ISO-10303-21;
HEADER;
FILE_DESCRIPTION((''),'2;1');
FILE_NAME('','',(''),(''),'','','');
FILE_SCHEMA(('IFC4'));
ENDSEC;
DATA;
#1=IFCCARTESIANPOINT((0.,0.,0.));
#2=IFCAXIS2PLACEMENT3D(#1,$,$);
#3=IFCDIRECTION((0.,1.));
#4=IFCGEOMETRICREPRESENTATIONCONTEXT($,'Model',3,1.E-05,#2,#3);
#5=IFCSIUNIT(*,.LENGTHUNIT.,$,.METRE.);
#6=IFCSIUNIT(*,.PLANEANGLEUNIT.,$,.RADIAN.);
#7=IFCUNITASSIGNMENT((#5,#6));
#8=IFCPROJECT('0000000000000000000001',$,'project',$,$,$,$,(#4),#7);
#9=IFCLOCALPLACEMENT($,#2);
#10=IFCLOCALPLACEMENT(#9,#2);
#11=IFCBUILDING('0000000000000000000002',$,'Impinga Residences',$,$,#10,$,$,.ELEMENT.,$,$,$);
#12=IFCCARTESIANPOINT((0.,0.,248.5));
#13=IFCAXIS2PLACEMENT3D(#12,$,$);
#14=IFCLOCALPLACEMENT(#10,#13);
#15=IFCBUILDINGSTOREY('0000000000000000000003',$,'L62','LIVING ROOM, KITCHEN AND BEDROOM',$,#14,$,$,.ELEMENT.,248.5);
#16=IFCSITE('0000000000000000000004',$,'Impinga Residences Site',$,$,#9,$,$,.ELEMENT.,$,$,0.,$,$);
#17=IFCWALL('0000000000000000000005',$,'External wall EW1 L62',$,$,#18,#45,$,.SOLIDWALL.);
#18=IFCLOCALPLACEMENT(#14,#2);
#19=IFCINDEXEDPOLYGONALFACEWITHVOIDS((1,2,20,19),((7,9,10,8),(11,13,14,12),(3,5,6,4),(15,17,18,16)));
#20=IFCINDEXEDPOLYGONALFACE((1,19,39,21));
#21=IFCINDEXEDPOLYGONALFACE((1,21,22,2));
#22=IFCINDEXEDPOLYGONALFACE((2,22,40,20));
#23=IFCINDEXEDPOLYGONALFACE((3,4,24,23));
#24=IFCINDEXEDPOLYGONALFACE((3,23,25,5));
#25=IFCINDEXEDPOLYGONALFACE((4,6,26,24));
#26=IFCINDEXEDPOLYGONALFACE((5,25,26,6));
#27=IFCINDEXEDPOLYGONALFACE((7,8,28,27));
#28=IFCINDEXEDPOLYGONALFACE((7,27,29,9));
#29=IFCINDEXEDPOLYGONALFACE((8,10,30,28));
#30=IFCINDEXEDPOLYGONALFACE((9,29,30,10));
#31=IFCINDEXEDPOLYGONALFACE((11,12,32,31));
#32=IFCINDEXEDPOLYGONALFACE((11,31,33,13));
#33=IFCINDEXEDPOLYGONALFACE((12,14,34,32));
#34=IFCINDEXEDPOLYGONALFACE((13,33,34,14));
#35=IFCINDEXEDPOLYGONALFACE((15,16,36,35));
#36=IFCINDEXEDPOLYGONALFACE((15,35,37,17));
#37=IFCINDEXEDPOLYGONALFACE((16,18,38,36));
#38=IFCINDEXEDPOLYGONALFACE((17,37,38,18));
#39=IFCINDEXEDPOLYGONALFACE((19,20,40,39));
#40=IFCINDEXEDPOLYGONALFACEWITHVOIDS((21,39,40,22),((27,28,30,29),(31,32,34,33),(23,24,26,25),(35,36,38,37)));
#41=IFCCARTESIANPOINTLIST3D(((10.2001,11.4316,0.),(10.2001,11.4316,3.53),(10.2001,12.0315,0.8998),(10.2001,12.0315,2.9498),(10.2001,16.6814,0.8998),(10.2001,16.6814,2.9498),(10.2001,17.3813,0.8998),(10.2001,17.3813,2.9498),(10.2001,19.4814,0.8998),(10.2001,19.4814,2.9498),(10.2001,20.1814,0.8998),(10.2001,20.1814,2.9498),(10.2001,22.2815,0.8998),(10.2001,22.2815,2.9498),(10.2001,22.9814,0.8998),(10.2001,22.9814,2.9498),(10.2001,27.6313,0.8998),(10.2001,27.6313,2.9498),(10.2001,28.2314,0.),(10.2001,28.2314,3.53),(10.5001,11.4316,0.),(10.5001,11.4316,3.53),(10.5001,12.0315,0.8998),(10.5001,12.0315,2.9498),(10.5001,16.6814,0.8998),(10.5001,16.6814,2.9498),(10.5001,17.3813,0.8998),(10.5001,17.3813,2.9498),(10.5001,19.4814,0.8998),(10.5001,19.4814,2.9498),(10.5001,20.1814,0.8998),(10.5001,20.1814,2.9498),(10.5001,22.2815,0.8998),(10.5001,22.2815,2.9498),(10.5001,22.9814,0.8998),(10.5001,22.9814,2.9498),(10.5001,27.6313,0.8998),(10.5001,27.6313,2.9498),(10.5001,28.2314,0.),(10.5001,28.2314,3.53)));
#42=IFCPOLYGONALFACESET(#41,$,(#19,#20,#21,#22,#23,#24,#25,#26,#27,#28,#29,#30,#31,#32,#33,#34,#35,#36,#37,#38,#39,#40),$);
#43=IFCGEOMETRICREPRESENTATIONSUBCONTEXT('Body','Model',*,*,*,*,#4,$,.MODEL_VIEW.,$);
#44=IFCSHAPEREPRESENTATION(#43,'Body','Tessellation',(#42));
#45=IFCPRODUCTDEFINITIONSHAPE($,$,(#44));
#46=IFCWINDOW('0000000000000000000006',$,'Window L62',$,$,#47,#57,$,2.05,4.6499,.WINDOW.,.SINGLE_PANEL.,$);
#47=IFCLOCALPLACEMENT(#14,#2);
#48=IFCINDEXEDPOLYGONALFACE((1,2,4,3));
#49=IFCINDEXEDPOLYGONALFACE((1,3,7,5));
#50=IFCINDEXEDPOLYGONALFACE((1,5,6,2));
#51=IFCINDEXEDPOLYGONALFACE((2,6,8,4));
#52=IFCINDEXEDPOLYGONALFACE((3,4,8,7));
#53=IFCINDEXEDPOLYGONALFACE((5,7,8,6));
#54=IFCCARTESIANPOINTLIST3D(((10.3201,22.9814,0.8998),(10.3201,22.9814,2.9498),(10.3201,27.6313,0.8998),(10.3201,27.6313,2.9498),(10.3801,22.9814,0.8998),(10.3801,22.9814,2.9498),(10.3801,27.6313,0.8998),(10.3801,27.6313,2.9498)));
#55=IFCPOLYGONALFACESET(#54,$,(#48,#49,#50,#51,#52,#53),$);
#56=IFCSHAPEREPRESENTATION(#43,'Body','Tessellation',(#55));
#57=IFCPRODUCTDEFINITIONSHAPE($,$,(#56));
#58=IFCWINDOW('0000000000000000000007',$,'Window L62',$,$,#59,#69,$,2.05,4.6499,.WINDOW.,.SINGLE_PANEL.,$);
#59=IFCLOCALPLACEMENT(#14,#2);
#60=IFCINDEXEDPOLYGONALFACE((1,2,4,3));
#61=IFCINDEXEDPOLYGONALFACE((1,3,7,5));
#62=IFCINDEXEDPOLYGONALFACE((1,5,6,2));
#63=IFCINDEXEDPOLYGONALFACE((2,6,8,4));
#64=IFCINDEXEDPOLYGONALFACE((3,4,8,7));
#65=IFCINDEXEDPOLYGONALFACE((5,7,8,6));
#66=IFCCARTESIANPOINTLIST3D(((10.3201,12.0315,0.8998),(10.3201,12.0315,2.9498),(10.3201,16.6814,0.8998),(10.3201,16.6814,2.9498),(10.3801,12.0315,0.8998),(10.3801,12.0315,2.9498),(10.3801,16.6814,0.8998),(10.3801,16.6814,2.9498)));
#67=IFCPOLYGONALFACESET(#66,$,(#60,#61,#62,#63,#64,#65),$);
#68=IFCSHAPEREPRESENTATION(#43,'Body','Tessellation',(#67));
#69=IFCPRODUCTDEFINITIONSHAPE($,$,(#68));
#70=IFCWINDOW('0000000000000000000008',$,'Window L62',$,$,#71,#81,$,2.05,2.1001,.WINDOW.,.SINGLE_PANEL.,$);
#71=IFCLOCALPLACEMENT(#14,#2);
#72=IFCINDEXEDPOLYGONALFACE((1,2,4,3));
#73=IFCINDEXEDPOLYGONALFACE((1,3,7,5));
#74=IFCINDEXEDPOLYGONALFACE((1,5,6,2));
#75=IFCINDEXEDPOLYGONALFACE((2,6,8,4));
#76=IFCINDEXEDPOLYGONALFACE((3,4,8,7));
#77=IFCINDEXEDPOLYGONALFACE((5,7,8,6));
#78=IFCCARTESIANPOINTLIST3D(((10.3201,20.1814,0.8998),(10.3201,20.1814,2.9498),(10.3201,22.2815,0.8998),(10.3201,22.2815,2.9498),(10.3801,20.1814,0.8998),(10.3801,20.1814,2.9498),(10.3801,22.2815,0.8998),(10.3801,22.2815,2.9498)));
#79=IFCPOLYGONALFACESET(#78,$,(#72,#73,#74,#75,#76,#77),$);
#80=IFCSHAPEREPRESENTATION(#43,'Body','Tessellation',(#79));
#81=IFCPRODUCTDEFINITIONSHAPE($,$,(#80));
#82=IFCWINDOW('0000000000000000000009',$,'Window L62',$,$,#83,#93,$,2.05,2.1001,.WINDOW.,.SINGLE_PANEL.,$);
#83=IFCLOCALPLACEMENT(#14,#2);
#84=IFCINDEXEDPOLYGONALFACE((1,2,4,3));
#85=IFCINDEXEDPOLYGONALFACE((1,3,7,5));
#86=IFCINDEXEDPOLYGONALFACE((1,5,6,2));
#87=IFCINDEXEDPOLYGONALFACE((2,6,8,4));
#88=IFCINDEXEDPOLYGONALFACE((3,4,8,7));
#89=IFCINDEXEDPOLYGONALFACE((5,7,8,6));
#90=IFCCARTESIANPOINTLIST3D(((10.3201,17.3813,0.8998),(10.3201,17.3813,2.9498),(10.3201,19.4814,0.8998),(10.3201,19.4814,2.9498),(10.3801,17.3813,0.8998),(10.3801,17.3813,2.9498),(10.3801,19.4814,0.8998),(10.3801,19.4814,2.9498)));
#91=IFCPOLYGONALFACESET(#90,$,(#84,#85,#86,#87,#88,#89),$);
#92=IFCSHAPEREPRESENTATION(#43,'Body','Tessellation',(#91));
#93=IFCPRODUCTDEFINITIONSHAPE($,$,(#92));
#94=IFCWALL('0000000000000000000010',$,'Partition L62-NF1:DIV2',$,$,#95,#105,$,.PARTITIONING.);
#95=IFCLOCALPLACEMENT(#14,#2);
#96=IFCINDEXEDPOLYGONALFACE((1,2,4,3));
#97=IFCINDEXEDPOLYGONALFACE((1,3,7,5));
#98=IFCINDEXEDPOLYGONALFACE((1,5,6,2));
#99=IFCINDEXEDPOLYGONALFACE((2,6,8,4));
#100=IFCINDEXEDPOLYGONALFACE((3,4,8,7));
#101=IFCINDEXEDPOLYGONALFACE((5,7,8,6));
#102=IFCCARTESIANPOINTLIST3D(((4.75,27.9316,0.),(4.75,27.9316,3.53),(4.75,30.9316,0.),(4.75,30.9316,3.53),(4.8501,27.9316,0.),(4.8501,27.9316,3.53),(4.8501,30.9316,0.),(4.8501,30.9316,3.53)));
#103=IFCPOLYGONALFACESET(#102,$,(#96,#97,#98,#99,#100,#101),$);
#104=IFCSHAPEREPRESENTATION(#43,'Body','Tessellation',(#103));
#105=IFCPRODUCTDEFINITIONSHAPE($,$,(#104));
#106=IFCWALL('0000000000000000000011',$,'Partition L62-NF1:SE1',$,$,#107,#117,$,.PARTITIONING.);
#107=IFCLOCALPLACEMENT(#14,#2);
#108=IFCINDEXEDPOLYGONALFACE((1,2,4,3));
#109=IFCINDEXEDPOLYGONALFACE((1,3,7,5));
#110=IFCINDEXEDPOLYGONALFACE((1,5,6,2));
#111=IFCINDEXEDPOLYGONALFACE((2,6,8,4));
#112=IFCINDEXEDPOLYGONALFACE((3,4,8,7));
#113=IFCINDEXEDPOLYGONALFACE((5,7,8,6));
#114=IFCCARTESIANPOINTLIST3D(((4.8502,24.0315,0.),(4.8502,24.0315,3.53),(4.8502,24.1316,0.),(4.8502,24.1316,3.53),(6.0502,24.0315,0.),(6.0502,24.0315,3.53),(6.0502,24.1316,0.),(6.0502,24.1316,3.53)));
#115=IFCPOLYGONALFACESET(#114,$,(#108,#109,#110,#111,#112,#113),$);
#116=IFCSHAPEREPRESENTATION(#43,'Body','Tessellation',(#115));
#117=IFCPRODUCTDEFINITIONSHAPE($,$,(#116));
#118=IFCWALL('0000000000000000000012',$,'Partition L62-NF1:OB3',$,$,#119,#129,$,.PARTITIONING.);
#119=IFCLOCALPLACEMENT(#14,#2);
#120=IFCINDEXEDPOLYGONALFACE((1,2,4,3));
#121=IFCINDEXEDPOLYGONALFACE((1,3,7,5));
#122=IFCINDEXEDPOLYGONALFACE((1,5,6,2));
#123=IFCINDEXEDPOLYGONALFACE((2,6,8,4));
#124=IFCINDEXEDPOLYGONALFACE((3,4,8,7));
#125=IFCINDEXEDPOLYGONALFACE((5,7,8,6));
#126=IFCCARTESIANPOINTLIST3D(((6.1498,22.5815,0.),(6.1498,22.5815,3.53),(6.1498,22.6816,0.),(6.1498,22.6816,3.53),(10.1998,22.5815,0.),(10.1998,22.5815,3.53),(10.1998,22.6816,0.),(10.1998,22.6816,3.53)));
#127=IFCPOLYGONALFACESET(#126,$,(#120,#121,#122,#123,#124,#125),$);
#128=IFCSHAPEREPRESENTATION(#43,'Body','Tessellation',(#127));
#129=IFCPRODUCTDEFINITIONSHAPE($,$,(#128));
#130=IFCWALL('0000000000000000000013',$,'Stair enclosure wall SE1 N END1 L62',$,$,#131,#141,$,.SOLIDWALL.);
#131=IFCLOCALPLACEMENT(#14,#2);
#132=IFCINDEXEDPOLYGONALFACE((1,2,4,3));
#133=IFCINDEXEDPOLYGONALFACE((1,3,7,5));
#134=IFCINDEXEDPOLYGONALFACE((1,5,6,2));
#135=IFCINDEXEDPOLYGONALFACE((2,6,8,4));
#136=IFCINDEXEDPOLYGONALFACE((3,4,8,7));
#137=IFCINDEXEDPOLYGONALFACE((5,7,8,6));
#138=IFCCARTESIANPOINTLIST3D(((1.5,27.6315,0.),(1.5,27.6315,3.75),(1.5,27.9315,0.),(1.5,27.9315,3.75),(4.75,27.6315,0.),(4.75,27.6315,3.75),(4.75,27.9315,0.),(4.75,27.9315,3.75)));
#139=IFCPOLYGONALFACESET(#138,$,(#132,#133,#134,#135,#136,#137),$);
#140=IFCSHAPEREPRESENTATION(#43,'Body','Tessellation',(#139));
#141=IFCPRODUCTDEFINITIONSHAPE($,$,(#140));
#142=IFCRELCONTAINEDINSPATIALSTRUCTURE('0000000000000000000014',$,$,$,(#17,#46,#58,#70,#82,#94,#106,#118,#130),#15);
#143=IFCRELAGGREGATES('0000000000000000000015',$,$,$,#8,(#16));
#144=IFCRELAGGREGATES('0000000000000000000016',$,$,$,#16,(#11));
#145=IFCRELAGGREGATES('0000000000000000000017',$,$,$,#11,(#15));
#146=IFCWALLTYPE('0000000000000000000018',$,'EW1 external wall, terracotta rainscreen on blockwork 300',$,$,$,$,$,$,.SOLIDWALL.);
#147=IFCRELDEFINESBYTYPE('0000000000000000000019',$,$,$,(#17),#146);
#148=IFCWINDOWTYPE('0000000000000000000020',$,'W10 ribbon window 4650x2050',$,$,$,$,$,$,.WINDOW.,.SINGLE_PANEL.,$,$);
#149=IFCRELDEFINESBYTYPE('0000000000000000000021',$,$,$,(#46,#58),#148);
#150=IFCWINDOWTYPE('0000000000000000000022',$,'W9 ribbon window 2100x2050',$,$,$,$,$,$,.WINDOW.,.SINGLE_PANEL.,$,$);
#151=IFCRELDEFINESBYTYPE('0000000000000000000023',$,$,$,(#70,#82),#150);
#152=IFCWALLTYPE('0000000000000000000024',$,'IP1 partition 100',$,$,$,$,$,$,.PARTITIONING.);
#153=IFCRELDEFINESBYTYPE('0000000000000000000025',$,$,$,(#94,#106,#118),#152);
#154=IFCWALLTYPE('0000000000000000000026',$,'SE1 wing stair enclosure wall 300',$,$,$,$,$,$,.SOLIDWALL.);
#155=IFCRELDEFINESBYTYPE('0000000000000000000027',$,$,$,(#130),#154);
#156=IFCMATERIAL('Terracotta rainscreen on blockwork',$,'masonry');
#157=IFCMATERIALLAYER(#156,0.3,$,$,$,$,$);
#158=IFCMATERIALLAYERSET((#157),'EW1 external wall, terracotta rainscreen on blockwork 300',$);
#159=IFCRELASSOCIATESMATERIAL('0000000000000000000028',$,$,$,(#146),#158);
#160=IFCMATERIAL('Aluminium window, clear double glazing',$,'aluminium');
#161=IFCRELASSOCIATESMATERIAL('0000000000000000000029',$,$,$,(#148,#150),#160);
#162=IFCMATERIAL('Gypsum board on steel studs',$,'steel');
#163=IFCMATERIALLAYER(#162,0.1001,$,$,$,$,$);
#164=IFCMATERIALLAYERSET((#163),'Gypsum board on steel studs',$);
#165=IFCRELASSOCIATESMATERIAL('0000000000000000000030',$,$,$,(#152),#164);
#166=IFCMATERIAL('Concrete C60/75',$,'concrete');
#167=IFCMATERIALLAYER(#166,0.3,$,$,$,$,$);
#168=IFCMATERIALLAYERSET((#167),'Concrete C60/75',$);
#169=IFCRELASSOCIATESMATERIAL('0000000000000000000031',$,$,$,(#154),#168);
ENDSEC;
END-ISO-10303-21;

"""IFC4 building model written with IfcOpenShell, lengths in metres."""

from ifc_helpers import new_model, si_unit, direction, frame, frame_2d, origin, place, context, subcontext, project, spatial, rectangle, extrude, material, layer, layer_set, type_object, element, fill, save


model = new_model("IFC4")

# Units and contexts
model_context = context("Model", 3, precision=1e-05, world=origin(), true_north=direction((0.0, 1.0)))
body_context = subcontext(model_context, "Body", "Model", "MODEL_VIEW")
ifc_project = project(units=[si_unit("LENGTHUNIT", "METRE"), si_unit("PLANEANGLEUNIT", "RADIAN")], contexts=[model_context])

# Site, building, storey
site_placement = place(None, origin())
site = spatial("IfcSite", under=ifc_project, at=site_placement, Name="Impinga Residences Site", CompositionType="ELEMENT", RefElevation=0.0)
building_placement = place(site_placement, origin())
building = spatial("IfcBuilding", under=site, at=building_placement, Name="Impinga Residences", CompositionType="ELEMENT")
storey_placement = place(building_placement, frame((0.0, 0.0, 248.5)))
storey = spatial("IfcBuildingStorey", under=building, at=storey_placement, Name="L62", Description="LIVING ROOM, KITCHEN AND BEDROOM", CompositionType="ELEMENT", Elevation=248.5)

# Shared definitions
ifc_material_1 = material(Name="Concrete C60/75", Category="concrete")

# Shared definitions
ifc_material_2 = material(Name="Terracotta rainscreen on blockwork", Category="masonry")
ifc_layer_1 = layer(ifc_material_2, 0.3)
ifc_layer_set_1 = layer_set([ifc_layer_1], Name="EW1 external wall, terracotta rainscreen on blockwork 300")
wall_type_1 = type_object("IfcWallType", Name="EW1 external wall, terracotta rainscreen on blockwork 300", PredefinedType="SOLIDWALL", material=ifc_layer_set_1)

# Wall, openings, windows
wall_1_placement = place(storey_placement, frame((10.3501, 28.2314, 0.0), z_axis=(0.0, 0.0, 1.0), x_axis=(0.0, -1.0, 0.0)))
wall_1 = element("IfcWall", 1, at=wall_1_placement, inside=storey, type_object=wall_type_1, Name="External wall EW1 L62", PredefinedType="SOLIDWALL", context=body_context, shape_type="SweptSolid", body=[
    extrude(rectangle(XDim=16.7998, YDim=0.3, at=frame_2d((8.3999, 0.0))), origin(), (0.0, 0.0, 1.0), 3.53),
])
opening_1_placement = place(wall_1_placement, frame((0.6001, 0.0, 0.8999)))
opening_1 = element("IfcOpeningElement", 2, at=opening_1_placement, cuts=wall_1, PredefinedType="OPENING", context=body_context, shape_type="SweptSolid", body=[
    extrude(rectangle(XDim=4.6499, YDim=2.05, at=frame_2d((2.325, 1.0249))), frame((0.0, 0.1599, 0.0), z_axis=(0.0, -1.0, 0.0), x_axis=(1.0, 0.0, 0.0)), (0.0, 0.0, 1.0), 0.3201),
])
opening_2_placement = place(wall_1_placement, frame((5.95, 0.0, 0.8999)))
opening_2 = element("IfcOpeningElement", 3, at=opening_2_placement, cuts=wall_1, PredefinedType="OPENING", context=body_context, shape_type="SweptSolid", body=[
    extrude(rectangle(XDim=2.1001, YDim=2.05, at=frame_2d((1.05, 1.0249))), frame((0.0, 0.1599, 0.0), z_axis=(0.0, -1.0, 0.0), x_axis=(1.0, 0.0, 0.0)), (0.0, 0.0, 1.0), 0.3201),
])
opening_3_placement = place(wall_1_placement, frame((8.75, 0.0, 0.8999)))
opening_3 = element("IfcOpeningElement", 4, at=opening_3_placement, cuts=wall_1, PredefinedType="OPENING", context=body_context, shape_type="SweptSolid", body=[
    extrude(rectangle(XDim=2.1001, YDim=2.05, at=frame_2d((1.05, 1.0249))), frame((0.0, 0.1599, 0.0), z_axis=(0.0, -1.0, 0.0), x_axis=(1.0, 0.0, 0.0)), (0.0, 0.0, 1.0), 0.3201),
])
opening_4_placement = place(wall_1_placement, frame((11.55, 0.0, 0.8999)))
opening_4 = element("IfcOpeningElement", 5, at=opening_4_placement, cuts=wall_1, PredefinedType="OPENING", context=body_context, shape_type="SweptSolid", body=[
    extrude(rectangle(XDim=4.6499, YDim=2.05, at=frame_2d((2.325, 1.0249))), frame((0.0, 0.1599, 0.0), z_axis=(0.0, -1.0, 0.0), x_axis=(1.0, 0.0, 0.0)), (0.0, 0.0, 1.0), 0.3201),
])
ifc_material_3 = material(Name="Aluminium window, clear double glazing", Category="aluminium")
window_type_1 = type_object("IfcWindowType", Name="W10 ribbon window 4650x2050", PartitioningType="SINGLE_PANEL", PredefinedType="WINDOW", material=ifc_material_3)
window_1_placement = place(opening_1_placement, origin())
window_1 = element("IfcWindow", 6, at=window_1_placement, inside=storey, type_object=window_type_1, Name="Window L62", OverallHeight=2.05, OverallWidth=4.6499, PartitioningType="SINGLE_PANEL", PredefinedType="WINDOW", context=body_context, shape_type="SweptSolid", body=[
    extrude(rectangle(XDim=4.6499, YDim=2.05, at=frame_2d((2.325, 1.0249))), frame((0.0, 0.03, 0.0), z_axis=(0.0, -1.0, 0.0), x_axis=(1.0, 0.0, 0.0)), (0.0, 0.0, 1.0), 0.0601),
])
fill(opening_1, window_1)
window_2_placement = place(opening_4_placement, origin())
window_2 = element("IfcWindow", 7, at=window_2_placement, inside=storey, type_object=window_type_1, Name="Window L62", OverallHeight=2.05, OverallWidth=4.6499, PartitioningType="SINGLE_PANEL", PredefinedType="WINDOW", context=body_context, shape_type="SweptSolid", body=[
    extrude(rectangle(XDim=4.6499, YDim=2.05, at=frame_2d((2.325, 1.0249))), frame((0.0, 0.03, 0.0), z_axis=(0.0, -1.0, 0.0), x_axis=(1.0, 0.0, 0.0)), (0.0, 0.0, 1.0), 0.0601),
])
fill(opening_4, window_2)
window_type_2 = type_object("IfcWindowType", Name="W9 ribbon window 2100x2050", PartitioningType="SINGLE_PANEL", PredefinedType="WINDOW", material=ifc_material_3)
window_3_placement = place(opening_2_placement, origin())
window_3 = element("IfcWindow", 8, at=window_3_placement, inside=storey, type_object=window_type_2, Name="Window L62", OverallHeight=2.05, OverallWidth=2.1001, PartitioningType="SINGLE_PANEL", PredefinedType="WINDOW", context=body_context, shape_type="SweptSolid", body=[
    extrude(rectangle(XDim=2.1001, YDim=2.05, at=frame_2d((1.05, 1.0249))), frame((0.0, 0.03, 0.0), z_axis=(0.0, -1.0, 0.0), x_axis=(1.0, 0.0, 0.0)), (0.0, 0.0, 1.0), 0.0601),
])
fill(opening_2, window_3)
window_4_placement = place(opening_3_placement, origin())
window_4 = element("IfcWindow", 9, at=window_4_placement, inside=storey, type_object=window_type_2, Name="Window L62", OverallHeight=2.05, OverallWidth=2.1001, PartitioningType="SINGLE_PANEL", PredefinedType="WINDOW", context=body_context, shape_type="SweptSolid", body=[
    extrude(rectangle(XDim=2.1001, YDim=2.05, at=frame_2d((1.05, 1.0249))), frame((0.0, 0.03, 0.0), z_axis=(0.0, -1.0, 0.0), x_axis=(1.0, 0.0, 0.0)), (0.0, 0.0, 1.0), 0.0601),
])
fill(opening_3, window_4)

# Walls
ifc_material_4 = material(Name="Gypsum board on steel studs", Category="steel")
ifc_layer_2 = layer(ifc_material_4, 0.1001)
ifc_layer_set_2 = layer_set([ifc_layer_2], Name="Gypsum board on steel studs")
wall_type_2 = type_object("IfcWallType", Name="IP1 partition 100", PredefinedType="PARTITIONING", material=ifc_layer_set_2)
wall_2_placement = place(storey_placement, frame((4.8, 27.9316, 0.0), z_axis=(0.0, 0.0, 1.0), x_axis=(0.0, 1.0, 0.0)))
element("IfcWall", 10, at=wall_2_placement, inside=storey, type_object=wall_type_2, Name="Partition L62-NF1:DIV2", PredefinedType="PARTITIONING", context=body_context, shape_type="SweptSolid", body=[
    extrude(rectangle(XDim=3.0, YDim=0.1001, at=frame_2d((1.5, 0.0))), origin(), (0.0, 0.0, 1.0), 3.53),
])
wall_3_placement = place(storey_placement, frame((4.8501, 24.0815, 0.0), z_axis=(0.0, 0.0, 1.0), x_axis=(1.0, 0.0, 0.0)))
element("IfcWall", 11, at=wall_3_placement, inside=storey, type_object=wall_type_2, Name="Partition L62-NF1:SE1", PredefinedType="PARTITIONING", context=body_context, shape_type="SweptSolid", body=[
    extrude(rectangle(XDim=1.2, YDim=0.1001, at=frame_2d((0.6001, 0.0))), origin(), (0.0, 0.0, 1.0), 3.53),
])
wall_4_placement = place(storey_placement, frame((6.1499, 22.6316, 0.0), z_axis=(0.0, 0.0, 1.0), x_axis=(1.0, 0.0, 0.0)))
element("IfcWall", 12, at=wall_4_placement, inside=storey, type_object=wall_type_2, Name="Partition L62-NF1:OB3", PredefinedType="PARTITIONING", context=body_context, shape_type="SweptSolid", body=[
    extrude(rectangle(XDim=4.05, YDim=0.1001, at=frame_2d((2.0249, 0.0))), origin(), (0.0, 0.0, 1.0), 3.53),
])
ifc_layer_3 = layer(ifc_material_1, 0.3)
ifc_layer_set_3 = layer_set([ifc_layer_3], Name="Concrete C60/75")
wall_type_3 = type_object("IfcWallType", Name="SE1 wing stair enclosure wall 300", PredefinedType="SOLIDWALL", material=ifc_layer_set_3)
wall_5_placement = place(storey_placement, frame((1.5, 27.7815, 0.0), z_axis=(0.0, 0.0, 1.0), x_axis=(1.0, 0.0, 0.0)))
element("IfcWall", 13, at=wall_5_placement, inside=storey, type_object=wall_type_3, Name="Stair enclosure wall SE1 N END1 L62", PredefinedType="SOLIDWALL", context=body_context, shape_type="SweptSolid", body=[
    extrude(rectangle(XDim=3.25, YDim=0.3, at=frame_2d((1.625, 0.0))), origin(), (0.0, 0.0, 1.0), 3.75),
])

save(model, "model.ifc")
